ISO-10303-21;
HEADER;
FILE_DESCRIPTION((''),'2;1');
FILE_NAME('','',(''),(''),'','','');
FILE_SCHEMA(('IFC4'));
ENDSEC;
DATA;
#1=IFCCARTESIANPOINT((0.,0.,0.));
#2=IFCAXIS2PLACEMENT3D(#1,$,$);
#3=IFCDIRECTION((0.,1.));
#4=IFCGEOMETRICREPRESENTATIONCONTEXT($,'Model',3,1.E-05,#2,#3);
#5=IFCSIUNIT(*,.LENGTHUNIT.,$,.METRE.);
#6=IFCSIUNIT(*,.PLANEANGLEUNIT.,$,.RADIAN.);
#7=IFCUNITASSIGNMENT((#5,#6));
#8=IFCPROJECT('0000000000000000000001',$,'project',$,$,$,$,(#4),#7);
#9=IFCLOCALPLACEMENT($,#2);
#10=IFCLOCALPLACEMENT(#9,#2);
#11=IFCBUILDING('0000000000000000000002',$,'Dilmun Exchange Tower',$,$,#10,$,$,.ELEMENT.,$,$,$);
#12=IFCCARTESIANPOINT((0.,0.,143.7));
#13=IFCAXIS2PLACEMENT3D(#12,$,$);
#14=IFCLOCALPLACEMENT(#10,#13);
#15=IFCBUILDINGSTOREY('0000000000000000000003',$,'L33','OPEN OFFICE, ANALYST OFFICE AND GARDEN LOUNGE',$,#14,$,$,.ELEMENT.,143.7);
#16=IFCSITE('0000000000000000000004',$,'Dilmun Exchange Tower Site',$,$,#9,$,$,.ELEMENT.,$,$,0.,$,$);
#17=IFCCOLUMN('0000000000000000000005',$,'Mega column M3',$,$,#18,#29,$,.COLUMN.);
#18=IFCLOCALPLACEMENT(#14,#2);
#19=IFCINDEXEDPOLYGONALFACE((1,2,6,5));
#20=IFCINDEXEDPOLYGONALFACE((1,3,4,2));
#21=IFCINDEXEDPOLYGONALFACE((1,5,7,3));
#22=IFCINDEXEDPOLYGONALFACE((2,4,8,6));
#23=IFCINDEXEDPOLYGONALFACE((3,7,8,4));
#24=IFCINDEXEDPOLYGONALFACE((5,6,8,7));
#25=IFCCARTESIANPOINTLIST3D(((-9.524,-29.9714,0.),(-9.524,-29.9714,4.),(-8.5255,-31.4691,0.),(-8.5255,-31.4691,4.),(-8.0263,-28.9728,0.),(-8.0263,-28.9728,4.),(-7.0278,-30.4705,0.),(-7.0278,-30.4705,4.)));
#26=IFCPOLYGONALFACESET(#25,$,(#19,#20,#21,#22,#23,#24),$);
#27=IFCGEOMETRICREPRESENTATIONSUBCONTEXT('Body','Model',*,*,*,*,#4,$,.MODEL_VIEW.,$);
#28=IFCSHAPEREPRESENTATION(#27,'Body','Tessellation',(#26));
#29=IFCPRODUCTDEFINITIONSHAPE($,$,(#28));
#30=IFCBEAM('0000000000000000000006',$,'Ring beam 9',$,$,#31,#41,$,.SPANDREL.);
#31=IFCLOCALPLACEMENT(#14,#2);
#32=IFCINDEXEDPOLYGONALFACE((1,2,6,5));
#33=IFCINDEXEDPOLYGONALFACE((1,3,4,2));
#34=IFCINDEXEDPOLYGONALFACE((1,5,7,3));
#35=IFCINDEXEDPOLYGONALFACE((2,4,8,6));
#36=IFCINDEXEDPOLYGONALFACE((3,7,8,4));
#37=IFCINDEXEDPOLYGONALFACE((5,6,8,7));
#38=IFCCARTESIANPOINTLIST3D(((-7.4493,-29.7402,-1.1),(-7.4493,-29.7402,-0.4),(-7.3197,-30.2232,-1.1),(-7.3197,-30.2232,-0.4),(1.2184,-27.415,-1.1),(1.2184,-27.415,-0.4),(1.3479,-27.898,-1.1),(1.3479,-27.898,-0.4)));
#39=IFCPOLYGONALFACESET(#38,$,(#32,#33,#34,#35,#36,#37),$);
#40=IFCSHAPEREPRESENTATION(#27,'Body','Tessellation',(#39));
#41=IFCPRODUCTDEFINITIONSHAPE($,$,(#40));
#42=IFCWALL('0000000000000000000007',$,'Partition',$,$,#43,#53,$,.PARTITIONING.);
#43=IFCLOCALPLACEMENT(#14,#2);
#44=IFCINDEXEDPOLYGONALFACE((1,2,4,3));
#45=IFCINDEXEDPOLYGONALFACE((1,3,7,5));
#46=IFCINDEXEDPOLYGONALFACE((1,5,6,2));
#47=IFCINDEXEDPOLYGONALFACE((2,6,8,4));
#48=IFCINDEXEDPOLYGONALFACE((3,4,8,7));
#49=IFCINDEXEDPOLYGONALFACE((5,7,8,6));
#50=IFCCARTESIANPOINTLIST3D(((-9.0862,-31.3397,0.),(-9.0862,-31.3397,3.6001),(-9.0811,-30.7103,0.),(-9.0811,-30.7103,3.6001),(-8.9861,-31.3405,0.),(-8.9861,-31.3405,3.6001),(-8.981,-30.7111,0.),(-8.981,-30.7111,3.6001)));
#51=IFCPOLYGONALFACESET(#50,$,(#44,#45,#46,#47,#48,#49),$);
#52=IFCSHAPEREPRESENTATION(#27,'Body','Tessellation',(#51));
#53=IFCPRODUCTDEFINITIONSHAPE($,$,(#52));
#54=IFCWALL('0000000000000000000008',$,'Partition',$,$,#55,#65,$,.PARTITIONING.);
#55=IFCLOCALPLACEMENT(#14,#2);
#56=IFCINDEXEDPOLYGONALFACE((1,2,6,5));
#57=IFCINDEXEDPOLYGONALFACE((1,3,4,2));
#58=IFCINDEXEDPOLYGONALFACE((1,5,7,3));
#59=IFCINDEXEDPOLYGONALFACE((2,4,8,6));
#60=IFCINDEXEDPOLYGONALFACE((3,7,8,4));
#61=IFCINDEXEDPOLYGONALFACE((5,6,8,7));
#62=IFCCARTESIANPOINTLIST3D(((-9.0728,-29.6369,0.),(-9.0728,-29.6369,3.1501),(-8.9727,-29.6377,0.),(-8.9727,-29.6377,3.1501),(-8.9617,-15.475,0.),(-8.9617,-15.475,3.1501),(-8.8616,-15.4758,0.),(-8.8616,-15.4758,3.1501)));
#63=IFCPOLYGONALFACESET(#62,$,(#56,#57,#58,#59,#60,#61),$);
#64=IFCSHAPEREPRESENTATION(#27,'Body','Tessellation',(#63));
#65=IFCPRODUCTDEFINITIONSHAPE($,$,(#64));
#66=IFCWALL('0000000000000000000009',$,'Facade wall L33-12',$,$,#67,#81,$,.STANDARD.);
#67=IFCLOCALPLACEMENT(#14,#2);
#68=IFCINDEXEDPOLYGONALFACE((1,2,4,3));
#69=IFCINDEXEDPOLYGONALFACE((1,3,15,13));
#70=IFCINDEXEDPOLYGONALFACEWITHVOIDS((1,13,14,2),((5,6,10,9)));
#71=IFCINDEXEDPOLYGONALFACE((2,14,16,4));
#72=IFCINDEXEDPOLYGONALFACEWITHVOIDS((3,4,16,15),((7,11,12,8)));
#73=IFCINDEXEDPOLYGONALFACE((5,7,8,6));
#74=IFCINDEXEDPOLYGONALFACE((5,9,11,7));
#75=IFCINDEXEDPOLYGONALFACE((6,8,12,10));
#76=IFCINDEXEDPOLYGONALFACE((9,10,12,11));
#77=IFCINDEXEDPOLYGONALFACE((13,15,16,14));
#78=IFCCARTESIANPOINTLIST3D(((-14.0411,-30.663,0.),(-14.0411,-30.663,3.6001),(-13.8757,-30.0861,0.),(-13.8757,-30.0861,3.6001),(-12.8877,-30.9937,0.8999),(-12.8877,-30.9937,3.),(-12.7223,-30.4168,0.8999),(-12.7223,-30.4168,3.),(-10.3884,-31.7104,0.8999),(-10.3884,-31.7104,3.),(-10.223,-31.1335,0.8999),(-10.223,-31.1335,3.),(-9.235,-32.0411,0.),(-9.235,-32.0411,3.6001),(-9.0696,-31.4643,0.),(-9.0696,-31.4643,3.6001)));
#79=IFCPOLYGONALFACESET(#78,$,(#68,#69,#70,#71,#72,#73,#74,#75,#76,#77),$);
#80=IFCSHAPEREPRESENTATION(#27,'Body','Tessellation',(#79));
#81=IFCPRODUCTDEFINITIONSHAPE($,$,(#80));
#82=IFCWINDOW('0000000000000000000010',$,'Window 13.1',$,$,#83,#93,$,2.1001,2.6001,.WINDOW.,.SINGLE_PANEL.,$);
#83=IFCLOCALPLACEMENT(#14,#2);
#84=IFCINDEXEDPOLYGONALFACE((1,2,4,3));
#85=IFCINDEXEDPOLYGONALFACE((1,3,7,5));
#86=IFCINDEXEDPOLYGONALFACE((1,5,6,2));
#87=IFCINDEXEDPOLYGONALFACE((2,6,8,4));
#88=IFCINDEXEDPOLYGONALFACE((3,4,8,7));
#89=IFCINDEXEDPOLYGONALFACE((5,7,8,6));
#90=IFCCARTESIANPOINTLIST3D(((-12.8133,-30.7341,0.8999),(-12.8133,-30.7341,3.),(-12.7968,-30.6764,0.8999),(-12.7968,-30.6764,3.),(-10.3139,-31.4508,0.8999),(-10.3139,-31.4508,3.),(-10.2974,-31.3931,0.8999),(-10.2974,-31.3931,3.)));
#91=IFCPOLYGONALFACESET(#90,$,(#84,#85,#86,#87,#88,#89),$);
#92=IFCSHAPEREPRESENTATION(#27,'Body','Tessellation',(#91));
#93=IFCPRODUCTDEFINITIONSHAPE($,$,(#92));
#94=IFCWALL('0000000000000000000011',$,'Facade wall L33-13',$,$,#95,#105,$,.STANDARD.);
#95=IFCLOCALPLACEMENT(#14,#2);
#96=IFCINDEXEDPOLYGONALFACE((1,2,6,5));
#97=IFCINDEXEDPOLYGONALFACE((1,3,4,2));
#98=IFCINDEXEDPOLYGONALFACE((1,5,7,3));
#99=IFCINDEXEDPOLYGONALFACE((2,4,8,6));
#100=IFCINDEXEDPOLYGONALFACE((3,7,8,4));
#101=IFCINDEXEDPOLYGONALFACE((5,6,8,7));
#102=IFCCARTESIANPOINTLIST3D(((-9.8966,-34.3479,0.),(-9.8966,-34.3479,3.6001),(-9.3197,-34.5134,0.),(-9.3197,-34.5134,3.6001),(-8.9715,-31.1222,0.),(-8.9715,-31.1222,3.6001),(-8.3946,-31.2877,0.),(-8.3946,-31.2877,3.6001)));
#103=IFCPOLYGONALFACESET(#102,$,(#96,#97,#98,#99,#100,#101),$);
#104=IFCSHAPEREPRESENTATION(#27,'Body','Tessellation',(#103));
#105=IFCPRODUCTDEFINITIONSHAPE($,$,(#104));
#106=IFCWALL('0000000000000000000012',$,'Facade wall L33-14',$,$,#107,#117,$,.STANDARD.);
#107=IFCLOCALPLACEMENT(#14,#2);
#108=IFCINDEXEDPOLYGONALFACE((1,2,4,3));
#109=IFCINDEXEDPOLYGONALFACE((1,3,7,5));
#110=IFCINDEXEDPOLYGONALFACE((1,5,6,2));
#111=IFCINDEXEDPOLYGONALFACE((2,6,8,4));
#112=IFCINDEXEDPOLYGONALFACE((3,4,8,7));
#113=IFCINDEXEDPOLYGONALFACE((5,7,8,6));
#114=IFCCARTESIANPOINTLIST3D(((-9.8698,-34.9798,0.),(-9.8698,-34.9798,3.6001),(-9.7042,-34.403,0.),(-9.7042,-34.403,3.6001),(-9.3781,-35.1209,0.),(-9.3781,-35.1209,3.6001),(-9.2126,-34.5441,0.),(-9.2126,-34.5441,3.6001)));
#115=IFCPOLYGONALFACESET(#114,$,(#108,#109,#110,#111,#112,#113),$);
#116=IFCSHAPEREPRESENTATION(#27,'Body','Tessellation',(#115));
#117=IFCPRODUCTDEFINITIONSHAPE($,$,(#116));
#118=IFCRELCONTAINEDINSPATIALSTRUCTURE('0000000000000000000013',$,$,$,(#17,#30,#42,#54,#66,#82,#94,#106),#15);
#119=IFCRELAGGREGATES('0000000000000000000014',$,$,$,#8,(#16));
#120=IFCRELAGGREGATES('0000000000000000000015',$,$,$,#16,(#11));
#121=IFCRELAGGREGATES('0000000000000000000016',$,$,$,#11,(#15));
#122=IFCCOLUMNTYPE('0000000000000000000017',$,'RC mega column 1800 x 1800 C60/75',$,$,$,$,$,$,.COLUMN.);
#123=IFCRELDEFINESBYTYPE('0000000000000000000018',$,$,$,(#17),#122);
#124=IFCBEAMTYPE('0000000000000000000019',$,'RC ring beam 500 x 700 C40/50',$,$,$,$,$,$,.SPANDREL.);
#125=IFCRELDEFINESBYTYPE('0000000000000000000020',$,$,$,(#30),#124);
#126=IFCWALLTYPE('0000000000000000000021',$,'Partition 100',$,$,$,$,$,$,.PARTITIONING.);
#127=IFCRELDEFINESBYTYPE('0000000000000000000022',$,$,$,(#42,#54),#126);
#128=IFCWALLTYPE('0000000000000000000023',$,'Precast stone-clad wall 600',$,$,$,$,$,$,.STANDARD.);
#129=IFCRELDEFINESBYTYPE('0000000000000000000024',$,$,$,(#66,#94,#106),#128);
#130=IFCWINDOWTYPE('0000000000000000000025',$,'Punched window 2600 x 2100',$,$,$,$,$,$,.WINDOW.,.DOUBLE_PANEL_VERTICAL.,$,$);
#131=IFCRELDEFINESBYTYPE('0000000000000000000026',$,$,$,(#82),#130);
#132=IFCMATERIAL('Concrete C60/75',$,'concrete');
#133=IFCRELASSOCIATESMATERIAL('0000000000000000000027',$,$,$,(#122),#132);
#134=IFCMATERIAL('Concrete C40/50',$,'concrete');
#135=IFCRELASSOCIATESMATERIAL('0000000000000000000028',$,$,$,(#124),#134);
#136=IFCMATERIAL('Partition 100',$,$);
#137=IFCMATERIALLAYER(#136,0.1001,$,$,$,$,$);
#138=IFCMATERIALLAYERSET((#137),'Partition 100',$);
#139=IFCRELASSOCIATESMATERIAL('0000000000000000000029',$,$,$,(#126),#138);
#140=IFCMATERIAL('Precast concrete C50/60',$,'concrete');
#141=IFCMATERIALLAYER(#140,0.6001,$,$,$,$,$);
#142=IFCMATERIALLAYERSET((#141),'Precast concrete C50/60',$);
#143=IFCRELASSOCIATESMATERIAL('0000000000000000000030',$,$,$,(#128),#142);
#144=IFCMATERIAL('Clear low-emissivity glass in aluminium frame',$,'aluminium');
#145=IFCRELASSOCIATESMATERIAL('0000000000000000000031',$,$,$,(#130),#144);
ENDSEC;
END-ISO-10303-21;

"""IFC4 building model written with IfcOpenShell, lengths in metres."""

from ifc_helpers import new_model, si_unit, direction, frame, frame_2d, origin, origin_2d, place, context, subcontext, project, spatial, rectangle, extrude, material, layer, layer_set, material_profile, profile_set, type_object, element, fill, save


model = new_model("IFC4")

# Units and contexts
model_context = context("Model", 3, precision=1e-05, world=origin(), true_north=direction((0.0, 1.0)))
body_context = subcontext(model_context, "Body", "Model", "MODEL_VIEW")
ifc_project = project(units=[si_unit("LENGTHUNIT", "METRE"), si_unit("PLANEANGLEUNIT", "RADIAN")], contexts=[model_context])

# Site, building, storey
site_placement = place(None, origin())
site = spatial("IfcSite", under=ifc_project, at=site_placement, Name="Dilmun Exchange Tower Site", CompositionType="ELEMENT", RefElevation=0.0)
building_placement = place(site_placement, origin())
building = spatial("IfcBuilding", under=site, at=building_placement, Name="Dilmun Exchange Tower", CompositionType="ELEMENT")
storey_placement = place(building_placement, frame((0.0, 0.0, 143.7)))
storey = spatial("IfcBuildingStorey", under=building, at=storey_placement, Name="L33", Description="OPEN OFFICE, ANALYST OFFICE AND GARDEN LOUNGE", CompositionType="ELEMENT", Elevation=143.7)

# Column
ifc_material_1 = material(Name="Concrete C60/75", Category="concrete")
ifc_material_profile_1 = material_profile(ifc_material_1, rectangle(XDim=1.8, YDim=1.8, at=origin_2d()), Name="1800 x 1800")
ifc_profile_set_1 = profile_set([ifc_material_profile_1], Name="Concrete C60/75")
column_type = type_object("IfcColumnType", Name="RC mega column 1800 x 1800 C60/75", PredefinedType="COLUMN", material=ifc_profile_set_1)
column_placement = place(storey_placement, frame((-8.2759, -30.2209, 0.0), z_axis=(0.0, 0.0, 1.0), x_axis=(0.832029, 0.554733, 0.0)))
element("IfcColumn", 1, at=column_placement, inside=storey, type_object=column_type, Name="Mega column M3", PredefinedType="COLUMN", context=body_context, shape_type="SweptSolid", body=[
    extrude(rectangle(XDim=1.8, YDim=1.8, at=origin_2d()), origin(), (0.0, 0.0, 1.0), 4.0),
])

# Beam
ifc_material_2 = material(Name="Concrete C40/50", Category="concrete")
ifc_material_profile_2 = material_profile(ifc_material_2, rectangle(XDim=0.5, YDim=0.7, at=origin_2d()), Name="500 x 700")
ifc_profile_set_2 = profile_set([ifc_material_profile_2], Name="Concrete C40/50")
beam_type = type_object("IfcBeamType", Name="RC ring beam 500 x 700 C40/50", PredefinedType="SPANDREL", material=ifc_profile_set_2)
beam_placement = place(storey_placement, frame((-7.3845, -29.9817, -0.75), z_axis=(0.965851, 0.259098, 0.0), x_axis=(-0.259098, 0.965851, 0.0)))
element("IfcBeam", 2, at=beam_placement, inside=storey, type_object=beam_type, Name="Ring beam 9", PredefinedType="SPANDREL", context=body_context, shape_type="SweptSolid", body=[
    extrude(rectangle(XDim=0.5, YDim=0.7, at=origin_2d()), origin(), (0.0, 0.0, 1.0), 8.9741),
])

# Walls
ifc_material_3 = material(Name="Partition 100")
ifc_layer_1 = layer(ifc_material_3, 0.1001)
ifc_layer_set_1 = layer_set([ifc_layer_1], Name="Partition 100")
wall_type_1 = type_object("IfcWallType", Name="Partition 100", PredefinedType="PARTITIONING", material=ifc_layer_set_1)
wall_1_placement = place(storey_placement, frame((-9.0361, -31.3401, 0.0), z_axis=(0.0, 0.0, 1.0), x_axis=(0.008146, 0.999967, 0.0)))
element("IfcWall", 3, at=wall_1_placement, inside=storey, type_object=wall_type_1, Name="Partition", PredefinedType="PARTITIONING", context=body_context, shape_type="SweptSolid", body=[
    extrude(rectangle(XDim=0.6294, YDim=0.1001, at=frame_2d((0.3147, 0.0))), origin(), (0.0, 0.0, 1.0), 3.6001),
])
wall_2_placement = place(storey_placement, frame((-9.0227, -29.6372, 0.0), z_axis=(0.0, 0.0, 1.0), x_axis=(0.007844, 0.999969, 0.0)))
element("IfcWall", 4, at=wall_2_placement, inside=storey, type_object=wall_type_1, Name="Partition", PredefinedType="PARTITIONING", context=body_context, shape_type="SweptSolid", body=[
    extrude(rectangle(XDim=14.1624, YDim=0.1001, at=frame_2d((7.0811, 0.0))), origin(), (0.0, 0.0, 1.0), 3.1501),
])

# Wall, opening, window
ifc_material_4 = material(Name="Precast concrete C50/60", Category="concrete")
ifc_layer_2 = layer(ifc_material_4, 0.6001)
ifc_layer_set_2 = layer_set([ifc_layer_2], Name="Precast concrete C50/60")
wall_type_2 = type_object("IfcWallType", Name="Precast stone-clad wall 600", PredefinedType="STANDARD", material=ifc_layer_set_2)
wall_3_placement = place(storey_placement, frame((-13.9585, -30.3745, 0.0), z_axis=(0.0, 0.0, 1.0), x_axis=(0.96126, -0.275643, 0.0)))
wall_3 = element("IfcWall", 5, at=wall_3_placement, inside=storey, type_object=wall_type_2, Name="Facade wall L33-12", PredefinedType="STANDARD", context=body_context, shape_type="SweptSolid", body=[
    extrude(rectangle(XDim=4.9998, YDim=0.6001, at=frame_2d((2.5, 0.0))), origin(), (0.0, 0.0, 1.0), 3.6001),
])
opening_1_placement = place(wall_3_placement, frame((1.2, 0.0, 0.8999)))
opening_1 = element("IfcOpeningElement", 6, at=opening_1_placement, cuts=wall_3, PredefinedType="OPENING", context=body_context, shape_type="SweptSolid", body=[
    extrude(rectangle(XDim=2.6001, YDim=2.1001, at=frame_2d((1.3, 1.05))), frame((0.0, 0.3101, 0.0), z_axis=(0.0, -1.0, 0.0), x_axis=(1.0, 0.0, 0.0)), (0.0, 0.0, 1.0), 0.6201),
])
ifc_material_5 = material(Name="Clear low-emissivity glass in aluminium frame", Category="aluminium")
window_type_1 = type_object("IfcWindowType", Name="Punched window 2600 x 2100", PartitioningType="DOUBLE_PANEL_VERTICAL", PredefinedType="WINDOW", material=ifc_material_5)
window_1_placement = place(opening_1_placement, origin())
window_1 = element("IfcWindow", 7, at=window_1_placement, inside=storey, type_object=window_type_1, Name="Window 13.1", OverallHeight=2.1001, OverallWidth=2.6001, PartitioningType="SINGLE_PANEL", PredefinedType="WINDOW", context=body_context, shape_type="SweptSolid", body=[
    extrude(rectangle(XDim=2.6001, YDim=2.1001, at=frame_2d((1.3, 1.05))), frame((0.0, 0.03, 0.0), z_axis=(0.0, -1.0, 0.0), x_axis=(1.0, 0.0, 0.0)), (0.0, 0.0, 1.0), 0.0601),
])
fill(opening_1, window_1)

# Walls
wall_4_placement = place(storey_placement, frame((-8.6831, -31.2051, 0.0), z_axis=(0.0, 0.0, 1.0), x_axis=(-0.275672, -0.961252, 0.0)))
element("IfcWall", 8, at=wall_4_placement, inside=storey, type_object=wall_type_2, Name="Facade wall L33-13", PredefinedType="STANDARD", context=body_context, shape_type="SweptSolid", body=[
    extrude(rectangle(XDim=3.3557, YDim=0.6001, at=frame_2d((1.6777, 0.0))), origin(), (0.0, 0.0, 1.0), 3.6001),
])
wall_5_placement = place(storey_placement, frame((-9.7871, -34.6914, 0.0), z_axis=(0.0, 0.0, 1.0), x_axis=(0.961199, -0.275856, 0.0)))
element("IfcWall", 9, at=wall_5_placement, inside=storey, type_object=wall_type_2, Name="Facade wall L33-14", PredefinedType="STANDARD", context=body_context, shape_type="SweptSolid", body=[
    extrude(rectangle(XDim=0.5115, YDim=0.6001, at=frame_2d((0.2559, 0.0))), origin(), (0.0, 0.0, 1.0), 3.6001),
])

save(model, "model.ifc")
